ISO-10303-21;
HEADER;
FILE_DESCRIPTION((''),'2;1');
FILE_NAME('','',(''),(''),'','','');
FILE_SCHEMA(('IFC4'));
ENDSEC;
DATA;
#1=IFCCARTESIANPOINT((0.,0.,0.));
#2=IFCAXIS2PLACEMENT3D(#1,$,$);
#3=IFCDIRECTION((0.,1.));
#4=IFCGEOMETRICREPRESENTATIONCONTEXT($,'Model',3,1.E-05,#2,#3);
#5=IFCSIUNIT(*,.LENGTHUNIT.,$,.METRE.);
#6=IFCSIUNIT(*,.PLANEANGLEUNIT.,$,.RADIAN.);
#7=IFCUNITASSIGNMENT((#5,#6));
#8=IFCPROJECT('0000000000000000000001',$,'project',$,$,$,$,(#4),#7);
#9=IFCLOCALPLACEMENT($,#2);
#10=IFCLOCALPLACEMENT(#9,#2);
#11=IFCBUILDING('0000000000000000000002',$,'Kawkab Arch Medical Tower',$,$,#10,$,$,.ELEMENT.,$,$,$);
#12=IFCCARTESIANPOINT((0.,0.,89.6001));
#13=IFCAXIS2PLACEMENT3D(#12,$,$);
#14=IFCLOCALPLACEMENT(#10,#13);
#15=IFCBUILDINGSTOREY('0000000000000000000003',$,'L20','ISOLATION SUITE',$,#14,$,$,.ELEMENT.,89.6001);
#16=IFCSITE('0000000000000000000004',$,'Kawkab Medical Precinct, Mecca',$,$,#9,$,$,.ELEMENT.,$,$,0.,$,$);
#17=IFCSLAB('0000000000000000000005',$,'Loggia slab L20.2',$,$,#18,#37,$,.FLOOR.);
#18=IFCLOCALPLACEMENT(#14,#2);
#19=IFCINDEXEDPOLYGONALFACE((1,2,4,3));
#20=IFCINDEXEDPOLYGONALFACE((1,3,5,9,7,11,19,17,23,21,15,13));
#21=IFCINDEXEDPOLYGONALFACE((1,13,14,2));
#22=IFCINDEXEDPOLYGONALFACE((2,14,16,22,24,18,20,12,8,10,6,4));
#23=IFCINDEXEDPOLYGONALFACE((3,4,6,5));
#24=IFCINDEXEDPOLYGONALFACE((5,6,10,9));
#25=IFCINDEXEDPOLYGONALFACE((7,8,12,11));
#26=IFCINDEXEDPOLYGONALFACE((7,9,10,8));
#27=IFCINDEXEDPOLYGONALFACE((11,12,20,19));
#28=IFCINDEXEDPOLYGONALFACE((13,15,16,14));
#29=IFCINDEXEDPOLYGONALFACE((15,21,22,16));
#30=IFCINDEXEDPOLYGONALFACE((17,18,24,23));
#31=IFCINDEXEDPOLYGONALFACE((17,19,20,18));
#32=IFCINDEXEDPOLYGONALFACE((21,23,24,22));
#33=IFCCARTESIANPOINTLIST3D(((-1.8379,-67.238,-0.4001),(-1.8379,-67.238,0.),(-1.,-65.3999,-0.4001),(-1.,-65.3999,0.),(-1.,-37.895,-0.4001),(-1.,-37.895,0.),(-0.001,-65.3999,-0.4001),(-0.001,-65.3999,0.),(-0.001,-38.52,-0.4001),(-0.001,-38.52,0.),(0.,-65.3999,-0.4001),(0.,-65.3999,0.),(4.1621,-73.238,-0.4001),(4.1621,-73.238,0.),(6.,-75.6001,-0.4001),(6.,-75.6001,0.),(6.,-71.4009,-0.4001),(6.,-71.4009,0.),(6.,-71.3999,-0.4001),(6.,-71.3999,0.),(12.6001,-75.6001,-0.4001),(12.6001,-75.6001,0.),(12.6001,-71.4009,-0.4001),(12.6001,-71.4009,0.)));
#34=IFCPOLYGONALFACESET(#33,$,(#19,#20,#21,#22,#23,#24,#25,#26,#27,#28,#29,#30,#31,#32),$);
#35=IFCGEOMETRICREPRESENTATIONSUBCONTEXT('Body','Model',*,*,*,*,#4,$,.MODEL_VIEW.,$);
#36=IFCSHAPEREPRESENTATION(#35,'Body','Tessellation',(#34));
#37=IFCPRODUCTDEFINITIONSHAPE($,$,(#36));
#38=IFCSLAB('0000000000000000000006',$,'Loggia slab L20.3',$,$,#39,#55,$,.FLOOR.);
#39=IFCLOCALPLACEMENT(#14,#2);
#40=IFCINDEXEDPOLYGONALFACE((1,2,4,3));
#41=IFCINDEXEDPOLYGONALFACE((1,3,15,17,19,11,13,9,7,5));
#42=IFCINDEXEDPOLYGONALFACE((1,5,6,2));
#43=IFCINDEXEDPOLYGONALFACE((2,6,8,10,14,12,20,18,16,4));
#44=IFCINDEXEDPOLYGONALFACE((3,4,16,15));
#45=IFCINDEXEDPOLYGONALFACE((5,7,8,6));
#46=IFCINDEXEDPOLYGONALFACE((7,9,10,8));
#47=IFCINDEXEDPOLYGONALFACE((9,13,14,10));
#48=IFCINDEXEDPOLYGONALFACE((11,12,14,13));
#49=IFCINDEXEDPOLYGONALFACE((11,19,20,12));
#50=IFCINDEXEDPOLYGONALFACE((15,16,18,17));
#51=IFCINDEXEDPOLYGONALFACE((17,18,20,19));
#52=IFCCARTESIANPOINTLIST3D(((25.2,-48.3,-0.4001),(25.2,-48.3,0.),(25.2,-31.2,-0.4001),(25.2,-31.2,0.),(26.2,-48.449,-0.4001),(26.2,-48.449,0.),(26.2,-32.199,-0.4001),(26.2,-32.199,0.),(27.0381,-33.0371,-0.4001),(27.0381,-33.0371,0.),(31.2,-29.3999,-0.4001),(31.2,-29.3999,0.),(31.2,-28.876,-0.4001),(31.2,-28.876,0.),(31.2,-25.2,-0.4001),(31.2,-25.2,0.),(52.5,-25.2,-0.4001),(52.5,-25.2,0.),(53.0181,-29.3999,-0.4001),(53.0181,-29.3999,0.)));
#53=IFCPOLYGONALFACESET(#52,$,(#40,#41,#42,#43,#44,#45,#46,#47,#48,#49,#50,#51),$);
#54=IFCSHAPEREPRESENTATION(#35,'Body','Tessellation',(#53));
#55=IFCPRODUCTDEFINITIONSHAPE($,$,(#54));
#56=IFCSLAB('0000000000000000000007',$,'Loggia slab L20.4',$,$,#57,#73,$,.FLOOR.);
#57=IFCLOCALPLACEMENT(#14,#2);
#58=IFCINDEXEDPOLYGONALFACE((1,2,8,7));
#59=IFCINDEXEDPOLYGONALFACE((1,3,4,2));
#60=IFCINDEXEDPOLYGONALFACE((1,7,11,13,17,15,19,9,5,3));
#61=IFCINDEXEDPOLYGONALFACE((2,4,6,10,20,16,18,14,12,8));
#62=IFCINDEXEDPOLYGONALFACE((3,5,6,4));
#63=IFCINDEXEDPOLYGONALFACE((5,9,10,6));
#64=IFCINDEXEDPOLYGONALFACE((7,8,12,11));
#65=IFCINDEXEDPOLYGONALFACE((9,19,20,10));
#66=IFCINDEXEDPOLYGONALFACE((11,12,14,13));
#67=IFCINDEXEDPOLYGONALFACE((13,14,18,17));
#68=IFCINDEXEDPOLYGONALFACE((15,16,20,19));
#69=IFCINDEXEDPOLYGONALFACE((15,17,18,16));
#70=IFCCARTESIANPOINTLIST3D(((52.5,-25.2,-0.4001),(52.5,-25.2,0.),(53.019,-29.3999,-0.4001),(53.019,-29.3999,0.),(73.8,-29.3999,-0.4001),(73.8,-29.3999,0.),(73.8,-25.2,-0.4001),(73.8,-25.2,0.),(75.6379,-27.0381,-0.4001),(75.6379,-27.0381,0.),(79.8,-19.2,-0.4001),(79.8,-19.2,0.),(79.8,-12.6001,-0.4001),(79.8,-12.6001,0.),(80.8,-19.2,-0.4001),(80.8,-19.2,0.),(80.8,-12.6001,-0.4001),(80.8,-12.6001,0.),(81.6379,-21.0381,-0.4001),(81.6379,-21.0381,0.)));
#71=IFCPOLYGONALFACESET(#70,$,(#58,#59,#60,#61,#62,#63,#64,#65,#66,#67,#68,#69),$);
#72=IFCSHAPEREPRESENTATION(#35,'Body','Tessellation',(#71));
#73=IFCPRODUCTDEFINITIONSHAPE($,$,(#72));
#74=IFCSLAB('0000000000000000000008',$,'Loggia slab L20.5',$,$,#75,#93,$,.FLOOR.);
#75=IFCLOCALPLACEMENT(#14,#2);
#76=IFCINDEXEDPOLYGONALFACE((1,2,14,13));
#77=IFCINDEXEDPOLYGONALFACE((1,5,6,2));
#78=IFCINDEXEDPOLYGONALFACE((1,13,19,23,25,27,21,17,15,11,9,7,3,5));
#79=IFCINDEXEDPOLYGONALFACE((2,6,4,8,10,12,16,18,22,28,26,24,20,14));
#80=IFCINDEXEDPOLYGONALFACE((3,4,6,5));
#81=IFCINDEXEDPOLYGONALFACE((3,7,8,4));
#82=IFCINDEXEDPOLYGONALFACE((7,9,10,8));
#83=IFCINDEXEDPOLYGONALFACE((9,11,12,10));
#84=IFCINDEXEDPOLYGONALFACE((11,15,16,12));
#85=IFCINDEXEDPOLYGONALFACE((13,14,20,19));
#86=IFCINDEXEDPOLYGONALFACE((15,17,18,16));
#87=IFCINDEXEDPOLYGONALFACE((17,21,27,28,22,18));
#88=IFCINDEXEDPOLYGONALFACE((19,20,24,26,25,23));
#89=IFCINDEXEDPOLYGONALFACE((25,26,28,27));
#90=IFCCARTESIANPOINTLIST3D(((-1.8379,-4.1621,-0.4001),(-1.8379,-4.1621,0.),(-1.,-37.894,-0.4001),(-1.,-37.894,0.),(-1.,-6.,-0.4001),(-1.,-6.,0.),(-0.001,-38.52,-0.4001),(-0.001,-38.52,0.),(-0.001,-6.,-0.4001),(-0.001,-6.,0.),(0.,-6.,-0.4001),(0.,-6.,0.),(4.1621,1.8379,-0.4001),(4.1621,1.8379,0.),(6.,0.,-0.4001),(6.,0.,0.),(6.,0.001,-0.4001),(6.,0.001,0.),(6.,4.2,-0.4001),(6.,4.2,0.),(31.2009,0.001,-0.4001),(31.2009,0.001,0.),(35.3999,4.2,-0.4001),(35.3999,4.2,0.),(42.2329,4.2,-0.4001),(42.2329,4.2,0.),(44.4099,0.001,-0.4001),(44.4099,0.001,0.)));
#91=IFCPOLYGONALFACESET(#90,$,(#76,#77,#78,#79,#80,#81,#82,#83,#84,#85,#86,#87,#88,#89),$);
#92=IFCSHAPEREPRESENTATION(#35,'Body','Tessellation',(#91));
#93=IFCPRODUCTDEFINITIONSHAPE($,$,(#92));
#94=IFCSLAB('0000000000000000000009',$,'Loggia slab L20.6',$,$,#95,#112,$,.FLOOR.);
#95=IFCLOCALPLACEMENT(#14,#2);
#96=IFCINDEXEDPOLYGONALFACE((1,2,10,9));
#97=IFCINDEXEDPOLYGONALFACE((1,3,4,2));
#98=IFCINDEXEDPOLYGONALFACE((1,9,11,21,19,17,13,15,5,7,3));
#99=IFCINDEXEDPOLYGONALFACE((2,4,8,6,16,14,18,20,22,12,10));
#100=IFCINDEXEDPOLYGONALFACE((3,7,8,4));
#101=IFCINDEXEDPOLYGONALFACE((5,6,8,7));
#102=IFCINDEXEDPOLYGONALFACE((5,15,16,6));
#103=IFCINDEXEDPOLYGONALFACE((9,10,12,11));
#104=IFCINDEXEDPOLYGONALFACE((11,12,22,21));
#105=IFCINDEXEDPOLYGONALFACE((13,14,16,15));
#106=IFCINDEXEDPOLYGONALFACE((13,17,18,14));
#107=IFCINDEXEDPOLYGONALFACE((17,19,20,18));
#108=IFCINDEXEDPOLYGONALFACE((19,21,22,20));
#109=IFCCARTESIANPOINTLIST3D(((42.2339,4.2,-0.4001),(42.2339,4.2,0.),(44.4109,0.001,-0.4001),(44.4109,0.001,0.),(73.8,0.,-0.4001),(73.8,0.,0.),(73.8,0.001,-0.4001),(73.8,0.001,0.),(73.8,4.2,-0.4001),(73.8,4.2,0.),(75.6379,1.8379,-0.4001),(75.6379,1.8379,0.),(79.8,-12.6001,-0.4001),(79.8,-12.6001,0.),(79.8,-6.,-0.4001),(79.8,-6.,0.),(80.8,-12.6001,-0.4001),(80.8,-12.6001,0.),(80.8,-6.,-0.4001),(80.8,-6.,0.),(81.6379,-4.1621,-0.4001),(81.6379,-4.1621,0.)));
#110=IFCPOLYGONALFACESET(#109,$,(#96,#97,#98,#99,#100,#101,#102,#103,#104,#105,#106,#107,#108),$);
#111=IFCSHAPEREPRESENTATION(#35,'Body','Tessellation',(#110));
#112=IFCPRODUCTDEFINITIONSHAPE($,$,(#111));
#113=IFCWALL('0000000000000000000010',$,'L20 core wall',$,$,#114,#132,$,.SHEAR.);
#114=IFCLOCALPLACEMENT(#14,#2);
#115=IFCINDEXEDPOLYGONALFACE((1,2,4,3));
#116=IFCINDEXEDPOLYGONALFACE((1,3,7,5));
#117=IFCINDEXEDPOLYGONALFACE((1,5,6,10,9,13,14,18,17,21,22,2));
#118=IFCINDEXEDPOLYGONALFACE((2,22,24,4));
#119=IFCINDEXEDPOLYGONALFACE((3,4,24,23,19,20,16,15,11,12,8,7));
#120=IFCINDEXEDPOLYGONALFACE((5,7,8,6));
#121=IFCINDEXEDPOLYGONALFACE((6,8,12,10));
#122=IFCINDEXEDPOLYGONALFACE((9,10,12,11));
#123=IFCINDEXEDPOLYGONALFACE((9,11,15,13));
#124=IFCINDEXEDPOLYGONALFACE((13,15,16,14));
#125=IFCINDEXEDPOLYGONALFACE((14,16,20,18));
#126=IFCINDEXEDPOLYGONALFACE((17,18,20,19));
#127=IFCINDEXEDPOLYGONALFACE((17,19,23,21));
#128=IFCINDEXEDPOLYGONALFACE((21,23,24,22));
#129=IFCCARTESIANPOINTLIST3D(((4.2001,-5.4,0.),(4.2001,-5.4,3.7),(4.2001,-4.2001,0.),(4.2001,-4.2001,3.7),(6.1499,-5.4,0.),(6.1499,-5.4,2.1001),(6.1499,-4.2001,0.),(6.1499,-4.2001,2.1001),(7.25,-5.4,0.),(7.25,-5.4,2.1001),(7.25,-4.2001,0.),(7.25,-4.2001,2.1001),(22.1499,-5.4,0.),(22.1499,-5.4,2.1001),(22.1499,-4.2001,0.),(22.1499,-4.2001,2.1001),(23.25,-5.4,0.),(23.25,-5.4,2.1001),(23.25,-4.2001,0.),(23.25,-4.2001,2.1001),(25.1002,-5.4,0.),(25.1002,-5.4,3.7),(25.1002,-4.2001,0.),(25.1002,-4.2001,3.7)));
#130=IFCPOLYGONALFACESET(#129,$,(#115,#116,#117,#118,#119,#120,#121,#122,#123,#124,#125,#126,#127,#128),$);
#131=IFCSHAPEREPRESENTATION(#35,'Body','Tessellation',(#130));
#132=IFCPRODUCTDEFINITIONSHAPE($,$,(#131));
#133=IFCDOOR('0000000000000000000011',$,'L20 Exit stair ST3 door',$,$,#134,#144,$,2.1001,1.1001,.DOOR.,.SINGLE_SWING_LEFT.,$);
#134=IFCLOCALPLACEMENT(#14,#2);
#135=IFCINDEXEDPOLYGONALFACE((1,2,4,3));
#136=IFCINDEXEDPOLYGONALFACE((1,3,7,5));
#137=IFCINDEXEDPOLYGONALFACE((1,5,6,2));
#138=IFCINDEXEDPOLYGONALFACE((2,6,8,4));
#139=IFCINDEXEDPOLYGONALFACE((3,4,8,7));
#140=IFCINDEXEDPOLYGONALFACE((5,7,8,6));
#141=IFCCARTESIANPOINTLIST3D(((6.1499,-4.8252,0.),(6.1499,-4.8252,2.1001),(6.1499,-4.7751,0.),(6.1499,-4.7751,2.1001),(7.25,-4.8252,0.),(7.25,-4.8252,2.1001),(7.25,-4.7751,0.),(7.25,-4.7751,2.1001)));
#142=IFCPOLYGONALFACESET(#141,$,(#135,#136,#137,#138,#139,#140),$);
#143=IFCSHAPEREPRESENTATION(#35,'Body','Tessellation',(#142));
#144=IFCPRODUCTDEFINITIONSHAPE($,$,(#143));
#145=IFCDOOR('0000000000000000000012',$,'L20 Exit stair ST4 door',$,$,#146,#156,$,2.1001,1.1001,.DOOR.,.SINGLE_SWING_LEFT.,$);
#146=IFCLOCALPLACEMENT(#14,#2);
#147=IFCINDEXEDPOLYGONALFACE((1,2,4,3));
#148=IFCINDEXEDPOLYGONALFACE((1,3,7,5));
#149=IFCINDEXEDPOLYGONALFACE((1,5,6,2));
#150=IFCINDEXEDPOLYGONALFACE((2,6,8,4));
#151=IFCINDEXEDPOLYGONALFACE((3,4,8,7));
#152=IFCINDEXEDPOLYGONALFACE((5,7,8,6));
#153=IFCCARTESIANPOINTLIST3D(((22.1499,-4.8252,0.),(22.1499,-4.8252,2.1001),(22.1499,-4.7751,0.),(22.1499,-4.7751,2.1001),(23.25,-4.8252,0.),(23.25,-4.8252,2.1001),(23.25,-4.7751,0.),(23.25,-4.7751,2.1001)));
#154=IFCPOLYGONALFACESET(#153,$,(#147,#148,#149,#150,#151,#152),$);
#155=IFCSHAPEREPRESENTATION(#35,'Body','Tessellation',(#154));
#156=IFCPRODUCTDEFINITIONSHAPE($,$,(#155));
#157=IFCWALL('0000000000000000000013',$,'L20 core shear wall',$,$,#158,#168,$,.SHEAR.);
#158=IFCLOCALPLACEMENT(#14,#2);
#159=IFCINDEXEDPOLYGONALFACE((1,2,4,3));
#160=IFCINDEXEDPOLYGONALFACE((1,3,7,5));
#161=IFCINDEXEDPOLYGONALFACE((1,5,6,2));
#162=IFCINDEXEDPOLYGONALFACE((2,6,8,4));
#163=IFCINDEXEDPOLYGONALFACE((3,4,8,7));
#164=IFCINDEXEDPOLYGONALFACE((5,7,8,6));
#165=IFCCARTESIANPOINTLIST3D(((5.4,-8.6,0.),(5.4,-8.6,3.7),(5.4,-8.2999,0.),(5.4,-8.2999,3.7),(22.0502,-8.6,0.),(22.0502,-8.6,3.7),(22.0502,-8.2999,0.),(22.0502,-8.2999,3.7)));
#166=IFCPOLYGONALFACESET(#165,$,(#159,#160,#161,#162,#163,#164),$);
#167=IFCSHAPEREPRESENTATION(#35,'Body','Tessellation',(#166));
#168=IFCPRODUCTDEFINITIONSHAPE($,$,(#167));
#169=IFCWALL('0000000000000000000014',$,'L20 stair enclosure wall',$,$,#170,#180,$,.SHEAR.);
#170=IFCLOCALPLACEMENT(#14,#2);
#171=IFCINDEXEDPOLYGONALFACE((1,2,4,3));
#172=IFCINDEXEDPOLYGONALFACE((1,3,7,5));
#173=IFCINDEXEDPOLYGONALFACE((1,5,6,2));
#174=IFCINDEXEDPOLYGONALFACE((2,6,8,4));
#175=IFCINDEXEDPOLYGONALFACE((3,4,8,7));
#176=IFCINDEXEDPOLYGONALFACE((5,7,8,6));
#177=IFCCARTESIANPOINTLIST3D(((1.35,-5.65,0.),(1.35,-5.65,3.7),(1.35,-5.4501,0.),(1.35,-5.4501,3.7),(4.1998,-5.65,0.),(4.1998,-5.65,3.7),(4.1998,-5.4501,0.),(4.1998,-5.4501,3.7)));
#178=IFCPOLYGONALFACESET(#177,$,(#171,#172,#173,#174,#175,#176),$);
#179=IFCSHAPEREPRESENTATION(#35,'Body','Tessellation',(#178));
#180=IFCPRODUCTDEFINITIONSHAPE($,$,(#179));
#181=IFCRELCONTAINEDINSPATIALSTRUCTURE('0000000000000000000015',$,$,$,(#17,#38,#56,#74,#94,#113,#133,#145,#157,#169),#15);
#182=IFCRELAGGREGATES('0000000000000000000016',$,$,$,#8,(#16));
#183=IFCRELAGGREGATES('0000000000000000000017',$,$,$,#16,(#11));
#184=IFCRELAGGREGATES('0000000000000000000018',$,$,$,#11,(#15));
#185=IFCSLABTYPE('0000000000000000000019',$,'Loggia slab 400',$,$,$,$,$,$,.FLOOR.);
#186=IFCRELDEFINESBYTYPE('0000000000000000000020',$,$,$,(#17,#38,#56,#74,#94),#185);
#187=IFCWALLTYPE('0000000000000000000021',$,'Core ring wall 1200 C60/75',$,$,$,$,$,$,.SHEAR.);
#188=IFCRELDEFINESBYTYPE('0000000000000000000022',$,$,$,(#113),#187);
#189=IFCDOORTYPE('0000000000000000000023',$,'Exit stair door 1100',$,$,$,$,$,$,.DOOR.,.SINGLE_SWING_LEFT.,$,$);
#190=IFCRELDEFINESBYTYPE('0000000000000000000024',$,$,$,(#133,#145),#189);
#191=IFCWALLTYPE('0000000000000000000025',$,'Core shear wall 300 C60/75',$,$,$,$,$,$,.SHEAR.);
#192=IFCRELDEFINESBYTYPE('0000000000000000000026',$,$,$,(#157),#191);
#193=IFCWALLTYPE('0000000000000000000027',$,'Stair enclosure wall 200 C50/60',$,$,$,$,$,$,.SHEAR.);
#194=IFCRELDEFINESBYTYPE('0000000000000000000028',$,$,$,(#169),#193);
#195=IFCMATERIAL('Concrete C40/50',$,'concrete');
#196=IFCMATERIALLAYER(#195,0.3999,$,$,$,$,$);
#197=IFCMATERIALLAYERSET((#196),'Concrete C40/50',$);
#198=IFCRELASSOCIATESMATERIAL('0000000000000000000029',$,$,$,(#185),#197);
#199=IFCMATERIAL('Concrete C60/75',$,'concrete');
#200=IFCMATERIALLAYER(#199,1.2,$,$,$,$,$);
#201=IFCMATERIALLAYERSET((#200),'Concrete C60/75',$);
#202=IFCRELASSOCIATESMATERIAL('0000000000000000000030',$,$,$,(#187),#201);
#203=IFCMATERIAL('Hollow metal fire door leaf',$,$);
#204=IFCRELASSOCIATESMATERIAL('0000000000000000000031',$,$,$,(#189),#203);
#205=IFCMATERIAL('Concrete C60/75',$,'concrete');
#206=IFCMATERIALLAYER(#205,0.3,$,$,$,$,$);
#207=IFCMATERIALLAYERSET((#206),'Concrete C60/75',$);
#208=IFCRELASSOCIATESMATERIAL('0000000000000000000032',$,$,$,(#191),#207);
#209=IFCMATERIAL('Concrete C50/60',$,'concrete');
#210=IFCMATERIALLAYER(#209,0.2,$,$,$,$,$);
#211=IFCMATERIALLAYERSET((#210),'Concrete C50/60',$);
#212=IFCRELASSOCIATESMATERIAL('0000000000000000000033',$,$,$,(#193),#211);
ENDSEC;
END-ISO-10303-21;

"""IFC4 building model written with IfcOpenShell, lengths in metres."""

from ifc_helpers import new_model, si_unit, direction, frame, frame_2d, origin, place, context, subcontext, project, spatial, polyline, rectangle, outline, extrude, material, layer, layer_set, type_object, element, fill, save


model = new_model("IFC4")

# Units and contexts
model_context = context("Model", 3, precision=1e-05, world=origin(), true_north=direction((0.0, 1.0)))
body_context = subcontext(model_context, "Body", "Model", "MODEL_VIEW")
ifc_project = project(units=[si_unit("LENGTHUNIT", "METRE"), si_unit("PLANEANGLEUNIT", "RADIAN")], contexts=[model_context])

# Site, building, storey
site_placement = place(None, origin())
site = spatial("IfcSite", under=ifc_project, at=site_placement, Name="Kawkab Medical Precinct, Mecca", CompositionType="ELEMENT", RefElevation=0.0)
building_placement = place(site_placement, origin())
building = spatial("IfcBuilding", under=site, at=building_placement, Name="Kawkab Arch Medical Tower", CompositionType="ELEMENT")
storey_placement = place(building_placement, frame((0.0, 0.0, 89.6001)))
storey = spatial("IfcBuildingStorey", under=building, at=storey_placement, Name="L20", Description="ISOLATION SUITE", CompositionType="ELEMENT", Elevation=89.6001)

# Slabs
ifc_material_1 = material(Name="Concrete C40/50", Category="concrete")
ifc_layer_1 = layer(ifc_material_1, 0.3999)
ifc_layer_set_1 = layer_set([ifc_layer_1], Name="Concrete C40/50")
slab_type_1 = type_object("IfcSlabType", Name="Loggia slab 400", PredefinedType="FLOOR", material=ifc_layer_set_1)
placement_1 = place(storey_placement, frame((0.0, 0.0, -0.4001)))
element("IfcSlab", 1, at=placement_1, inside=storey, type_object=slab_type_1, Name="Loggia slab L20.2", PredefinedType="FLOOR", context=body_context, shape_type="SweptSolid", body=[
    extrude(outline(polyline([(4.1621, -73.238), (-1.8379, -67.238), (-1.0, -65.3999), (-1.0, -37.895), (-0.001, -38.52), (-0.001, -65.3999), (0.0, -65.3999), (6.0, -71.3999), (6.0, -71.4009), (12.6001, -71.4009), (12.6001, -75.6001), (6.0, -75.6001), (4.1621, -73.238)])), origin(), (0.0, 0.0, 1.0), 0.4001),
])
element("IfcSlab", 2, at=placement_1, inside=storey, type_object=slab_type_1, Name="Loggia slab L20.3", PredefinedType="FLOOR", context=body_context, shape_type="SweptSolid", body=[
    extrude(outline(polyline([(31.2, -28.876), (27.0381, -33.0371), (26.2, -32.199), (26.2, -48.449), (25.2, -48.3), (25.2, -31.2), (31.2, -25.2), (52.5, -25.2), (53.0181, -29.3999), (31.2, -29.3999), (31.2, -28.876)])), origin(), (0.0, 0.0, 1.0), 0.4001),
])
element("IfcSlab", 3, at=placement_1, inside=storey, type_object=slab_type_1, Name="Loggia slab L20.4", PredefinedType="FLOOR", context=body_context, shape_type="SweptSolid", body=[
    extrude(outline(polyline([(81.6379, -21.0381), (75.6379, -27.0381), (73.8, -29.3999), (53.019, -29.3999), (52.5, -25.2), (73.8, -25.2), (79.8, -19.2), (79.8, -12.6001), (80.8, -12.6001), (80.8, -19.2), (81.6379, -21.0381)])), origin(), (0.0, 0.0, 1.0), 0.4001),
])
element("IfcSlab", 4, at=placement_1, inside=storey, type_object=slab_type_1, Name="Loggia slab L20.5", PredefinedType="FLOOR", context=body_context, shape_type="SweptSolid", body=[
    extrude(outline(polyline([(4.1621, 1.8379), (6.0, 4.2), (35.3999, 4.2), (42.2329, 4.2), (44.4099, 0.001), (31.2009, 0.001), (6.0, 0.001), (6.0, 0.0), (0.0, -6.0), (-0.001, -6.0), (-0.001, -38.52), (-1.0, -37.894), (-1.0, -6.0), (-1.8379, -4.1621), (4.1621, 1.8379)])), origin(), (0.0, 0.0, 1.0), 0.4001),
])
element("IfcSlab", 5, at=placement_1, inside=storey, type_object=slab_type_1, Name="Loggia slab L20.6", PredefinedType="FLOOR", context=body_context, shape_type="SweptSolid", body=[
    extrude(outline(polyline([(75.6379, 1.8379), (81.6379, -4.1621), (80.8, -6.0), (80.8, -12.6001), (79.8, -12.6001), (79.8, -6.0), (73.8, 0.0), (73.8, 0.001), (44.4109, 0.001), (42.2339, 4.2), (73.8, 4.2), (75.6379, 1.8379)])), origin(), (0.0, 0.0, 1.0), 0.4001),
])

# Wall, openings, doors
ifc_material_2 = material(Name="Concrete C60/75", Category="concrete")
ifc_layer_2 = layer(ifc_material_2, 1.2)
ifc_layer_set_2 = layer_set([ifc_layer_2], Name="Concrete C60/75")
wall_type_1 = type_object("IfcWallType", Name="Core ring wall 1200 C60/75", PredefinedType="SHEAR", material=ifc_layer_set_2)
wall_1_placement = place(storey_placement, frame((4.2, -4.8, 0.0), z_axis=(0.0, 0.0, 1.0), x_axis=(1.0, 0.0, 0.0)))
wall_1 = element("IfcWall", 6, at=wall_1_placement, inside=storey, type_object=wall_type_1, Name="L20 core wall", PredefinedType="SHEAR", context=body_context, shape_type="SweptSolid", body=[
    extrude(rectangle(XDim=20.9001, YDim=1.2, at=frame_2d((10.4502, 0.0))), origin(), (0.0, 0.0, 1.0), 3.7),
])
opening_1_placement = place(wall_1_placement, frame((1.95, 0.0, 0.0)))
opening_1 = element("IfcOpeningElement", 7, at=opening_1_placement, cuts=wall_1, PredefinedType="OPENING", context=body_context, shape_type="SweptSolid", body=[
    extrude(rectangle(XDim=1.1001, YDim=2.1001, at=frame_2d((0.55, 1.05))), frame((0.0, 0.6099, 0.0), z_axis=(0.0, -1.0, 0.0), x_axis=(1.0, 0.0, 0.0)), (0.0, 0.0, 1.0), 1.22),
])
opening_2_placement = place(wall_1_placement, frame((17.95, 0.0, 0.0)))
opening_2 = element("IfcOpeningElement", 8, at=opening_2_placement, cuts=wall_1, PredefinedType="OPENING", context=body_context, shape_type="SweptSolid", body=[
    extrude(rectangle(XDim=1.1001, YDim=2.1001, at=frame_2d((0.55, 1.05))), frame((0.0, 0.6099, 0.0), z_axis=(0.0, -1.0, 0.0), x_axis=(1.0, 0.0, 0.0)), (0.0, 0.0, 1.0), 1.22),
])
ifc_material_3 = material(Name="Hollow metal fire door leaf")
door_type = type_object("IfcDoorType", Name="Exit stair door 1100", OperationType="SINGLE_SWING_LEFT", PredefinedType="DOOR", material=ifc_material_3)
door_1_placement = place(opening_1_placement, origin())
door_1 = element("IfcDoor", 9, at=door_1_placement, inside=storey, type_object=door_type, Name="L20 Exit stair ST3 door", OperationType="SINGLE_SWING_LEFT", OverallHeight=2.1001, OverallWidth=1.1001, PredefinedType="DOOR", context=body_context, shape_type="SweptSolid", body=[
    extrude(rectangle(XDim=1.1001, YDim=2.1001, at=frame_2d((0.55, 1.05))), frame((0.0, 0.0249, 0.0), z_axis=(0.0, -1.0, 0.0), x_axis=(1.0, 0.0, 0.0)), (0.0, 0.0, 1.0), 0.05),
])
fill(opening_1, door_1)
door_2_placement = place(opening_2_placement, origin())
door_2 = element("IfcDoor", 10, at=door_2_placement, inside=storey, type_object=door_type, Name="L20 Exit stair ST4 door", OperationType="SINGLE_SWING_LEFT", OverallHeight=2.1001, OverallWidth=1.1001, PredefinedType="DOOR", context=body_context, shape_type="SweptSolid", body=[
    extrude(rectangle(XDim=1.1001, YDim=2.1001, at=frame_2d((0.55, 1.05))), frame((0.0, 0.0249, 0.0), z_axis=(0.0, -1.0, 0.0), x_axis=(1.0, 0.0, 0.0)), (0.0, 0.0, 1.0), 0.05),
])
fill(opening_2, door_2)

# Walls
ifc_material_4 = material(Name="Concrete C60/75", Category="concrete")
ifc_layer_3 = layer(ifc_material_4, 0.3)
ifc_layer_set_3 = layer_set([ifc_layer_3], Name="Concrete C60/75")
wall_type_2 = type_object("IfcWallType", Name="Core shear wall 300 C60/75", PredefinedType="SHEAR", material=ifc_layer_set_3)
wall_2_placement = place(storey_placement, frame((5.3999, -8.45, 0.0), z_axis=(0.0, 0.0, 1.0), x_axis=(1.0, 0.0, 0.0)))
element("IfcWall", 11, at=wall_2_placement, inside=storey, type_object=wall_type_2, Name="L20 core shear wall", PredefinedType="SHEAR", context=body_context, shape_type="SweptSolid", body=[
    extrude(rectangle(XDim=16.6501, YDim=0.3, at=frame_2d((8.3252, 0.0))), origin(), (0.0, 0.0, 1.0), 3.7),
])
ifc_material_5 = material(Name="Concrete C50/60", Category="concrete")
ifc_layer_4 = layer(ifc_material_5, 0.2)
ifc_layer_set_4 = layer_set([ifc_layer_4], Name="Concrete C50/60")
wall_type_3 = type_object("IfcWallType", Name="Stair enclosure wall 200 C50/60", PredefinedType="SHEAR", material=ifc_layer_set_4)
for number, where, z_axis, x_axis, name in (
    (12, (1.3501, -5.55, 0.0), (0.0, 0.0, 1.0), (1.0, 0.0, 0.0), "L20 stair enclosure wall"),
):
    element("IfcWall", number, at=place(storey_placement, frame(where, z_axis=z_axis, x_axis=x_axis)), inside=storey, type_object=wall_type_3, Name=name, PredefinedType="SHEAR", context=body_context, shape_type="SweptSolid", body=[
        extrude(rectangle(XDim=2.8499, YDim=0.2, at=frame_2d((1.4248, 0.0))), origin(), (0.0, 0.0, 1.0), 3.7),
    ])

save(model, "model.ifc")
